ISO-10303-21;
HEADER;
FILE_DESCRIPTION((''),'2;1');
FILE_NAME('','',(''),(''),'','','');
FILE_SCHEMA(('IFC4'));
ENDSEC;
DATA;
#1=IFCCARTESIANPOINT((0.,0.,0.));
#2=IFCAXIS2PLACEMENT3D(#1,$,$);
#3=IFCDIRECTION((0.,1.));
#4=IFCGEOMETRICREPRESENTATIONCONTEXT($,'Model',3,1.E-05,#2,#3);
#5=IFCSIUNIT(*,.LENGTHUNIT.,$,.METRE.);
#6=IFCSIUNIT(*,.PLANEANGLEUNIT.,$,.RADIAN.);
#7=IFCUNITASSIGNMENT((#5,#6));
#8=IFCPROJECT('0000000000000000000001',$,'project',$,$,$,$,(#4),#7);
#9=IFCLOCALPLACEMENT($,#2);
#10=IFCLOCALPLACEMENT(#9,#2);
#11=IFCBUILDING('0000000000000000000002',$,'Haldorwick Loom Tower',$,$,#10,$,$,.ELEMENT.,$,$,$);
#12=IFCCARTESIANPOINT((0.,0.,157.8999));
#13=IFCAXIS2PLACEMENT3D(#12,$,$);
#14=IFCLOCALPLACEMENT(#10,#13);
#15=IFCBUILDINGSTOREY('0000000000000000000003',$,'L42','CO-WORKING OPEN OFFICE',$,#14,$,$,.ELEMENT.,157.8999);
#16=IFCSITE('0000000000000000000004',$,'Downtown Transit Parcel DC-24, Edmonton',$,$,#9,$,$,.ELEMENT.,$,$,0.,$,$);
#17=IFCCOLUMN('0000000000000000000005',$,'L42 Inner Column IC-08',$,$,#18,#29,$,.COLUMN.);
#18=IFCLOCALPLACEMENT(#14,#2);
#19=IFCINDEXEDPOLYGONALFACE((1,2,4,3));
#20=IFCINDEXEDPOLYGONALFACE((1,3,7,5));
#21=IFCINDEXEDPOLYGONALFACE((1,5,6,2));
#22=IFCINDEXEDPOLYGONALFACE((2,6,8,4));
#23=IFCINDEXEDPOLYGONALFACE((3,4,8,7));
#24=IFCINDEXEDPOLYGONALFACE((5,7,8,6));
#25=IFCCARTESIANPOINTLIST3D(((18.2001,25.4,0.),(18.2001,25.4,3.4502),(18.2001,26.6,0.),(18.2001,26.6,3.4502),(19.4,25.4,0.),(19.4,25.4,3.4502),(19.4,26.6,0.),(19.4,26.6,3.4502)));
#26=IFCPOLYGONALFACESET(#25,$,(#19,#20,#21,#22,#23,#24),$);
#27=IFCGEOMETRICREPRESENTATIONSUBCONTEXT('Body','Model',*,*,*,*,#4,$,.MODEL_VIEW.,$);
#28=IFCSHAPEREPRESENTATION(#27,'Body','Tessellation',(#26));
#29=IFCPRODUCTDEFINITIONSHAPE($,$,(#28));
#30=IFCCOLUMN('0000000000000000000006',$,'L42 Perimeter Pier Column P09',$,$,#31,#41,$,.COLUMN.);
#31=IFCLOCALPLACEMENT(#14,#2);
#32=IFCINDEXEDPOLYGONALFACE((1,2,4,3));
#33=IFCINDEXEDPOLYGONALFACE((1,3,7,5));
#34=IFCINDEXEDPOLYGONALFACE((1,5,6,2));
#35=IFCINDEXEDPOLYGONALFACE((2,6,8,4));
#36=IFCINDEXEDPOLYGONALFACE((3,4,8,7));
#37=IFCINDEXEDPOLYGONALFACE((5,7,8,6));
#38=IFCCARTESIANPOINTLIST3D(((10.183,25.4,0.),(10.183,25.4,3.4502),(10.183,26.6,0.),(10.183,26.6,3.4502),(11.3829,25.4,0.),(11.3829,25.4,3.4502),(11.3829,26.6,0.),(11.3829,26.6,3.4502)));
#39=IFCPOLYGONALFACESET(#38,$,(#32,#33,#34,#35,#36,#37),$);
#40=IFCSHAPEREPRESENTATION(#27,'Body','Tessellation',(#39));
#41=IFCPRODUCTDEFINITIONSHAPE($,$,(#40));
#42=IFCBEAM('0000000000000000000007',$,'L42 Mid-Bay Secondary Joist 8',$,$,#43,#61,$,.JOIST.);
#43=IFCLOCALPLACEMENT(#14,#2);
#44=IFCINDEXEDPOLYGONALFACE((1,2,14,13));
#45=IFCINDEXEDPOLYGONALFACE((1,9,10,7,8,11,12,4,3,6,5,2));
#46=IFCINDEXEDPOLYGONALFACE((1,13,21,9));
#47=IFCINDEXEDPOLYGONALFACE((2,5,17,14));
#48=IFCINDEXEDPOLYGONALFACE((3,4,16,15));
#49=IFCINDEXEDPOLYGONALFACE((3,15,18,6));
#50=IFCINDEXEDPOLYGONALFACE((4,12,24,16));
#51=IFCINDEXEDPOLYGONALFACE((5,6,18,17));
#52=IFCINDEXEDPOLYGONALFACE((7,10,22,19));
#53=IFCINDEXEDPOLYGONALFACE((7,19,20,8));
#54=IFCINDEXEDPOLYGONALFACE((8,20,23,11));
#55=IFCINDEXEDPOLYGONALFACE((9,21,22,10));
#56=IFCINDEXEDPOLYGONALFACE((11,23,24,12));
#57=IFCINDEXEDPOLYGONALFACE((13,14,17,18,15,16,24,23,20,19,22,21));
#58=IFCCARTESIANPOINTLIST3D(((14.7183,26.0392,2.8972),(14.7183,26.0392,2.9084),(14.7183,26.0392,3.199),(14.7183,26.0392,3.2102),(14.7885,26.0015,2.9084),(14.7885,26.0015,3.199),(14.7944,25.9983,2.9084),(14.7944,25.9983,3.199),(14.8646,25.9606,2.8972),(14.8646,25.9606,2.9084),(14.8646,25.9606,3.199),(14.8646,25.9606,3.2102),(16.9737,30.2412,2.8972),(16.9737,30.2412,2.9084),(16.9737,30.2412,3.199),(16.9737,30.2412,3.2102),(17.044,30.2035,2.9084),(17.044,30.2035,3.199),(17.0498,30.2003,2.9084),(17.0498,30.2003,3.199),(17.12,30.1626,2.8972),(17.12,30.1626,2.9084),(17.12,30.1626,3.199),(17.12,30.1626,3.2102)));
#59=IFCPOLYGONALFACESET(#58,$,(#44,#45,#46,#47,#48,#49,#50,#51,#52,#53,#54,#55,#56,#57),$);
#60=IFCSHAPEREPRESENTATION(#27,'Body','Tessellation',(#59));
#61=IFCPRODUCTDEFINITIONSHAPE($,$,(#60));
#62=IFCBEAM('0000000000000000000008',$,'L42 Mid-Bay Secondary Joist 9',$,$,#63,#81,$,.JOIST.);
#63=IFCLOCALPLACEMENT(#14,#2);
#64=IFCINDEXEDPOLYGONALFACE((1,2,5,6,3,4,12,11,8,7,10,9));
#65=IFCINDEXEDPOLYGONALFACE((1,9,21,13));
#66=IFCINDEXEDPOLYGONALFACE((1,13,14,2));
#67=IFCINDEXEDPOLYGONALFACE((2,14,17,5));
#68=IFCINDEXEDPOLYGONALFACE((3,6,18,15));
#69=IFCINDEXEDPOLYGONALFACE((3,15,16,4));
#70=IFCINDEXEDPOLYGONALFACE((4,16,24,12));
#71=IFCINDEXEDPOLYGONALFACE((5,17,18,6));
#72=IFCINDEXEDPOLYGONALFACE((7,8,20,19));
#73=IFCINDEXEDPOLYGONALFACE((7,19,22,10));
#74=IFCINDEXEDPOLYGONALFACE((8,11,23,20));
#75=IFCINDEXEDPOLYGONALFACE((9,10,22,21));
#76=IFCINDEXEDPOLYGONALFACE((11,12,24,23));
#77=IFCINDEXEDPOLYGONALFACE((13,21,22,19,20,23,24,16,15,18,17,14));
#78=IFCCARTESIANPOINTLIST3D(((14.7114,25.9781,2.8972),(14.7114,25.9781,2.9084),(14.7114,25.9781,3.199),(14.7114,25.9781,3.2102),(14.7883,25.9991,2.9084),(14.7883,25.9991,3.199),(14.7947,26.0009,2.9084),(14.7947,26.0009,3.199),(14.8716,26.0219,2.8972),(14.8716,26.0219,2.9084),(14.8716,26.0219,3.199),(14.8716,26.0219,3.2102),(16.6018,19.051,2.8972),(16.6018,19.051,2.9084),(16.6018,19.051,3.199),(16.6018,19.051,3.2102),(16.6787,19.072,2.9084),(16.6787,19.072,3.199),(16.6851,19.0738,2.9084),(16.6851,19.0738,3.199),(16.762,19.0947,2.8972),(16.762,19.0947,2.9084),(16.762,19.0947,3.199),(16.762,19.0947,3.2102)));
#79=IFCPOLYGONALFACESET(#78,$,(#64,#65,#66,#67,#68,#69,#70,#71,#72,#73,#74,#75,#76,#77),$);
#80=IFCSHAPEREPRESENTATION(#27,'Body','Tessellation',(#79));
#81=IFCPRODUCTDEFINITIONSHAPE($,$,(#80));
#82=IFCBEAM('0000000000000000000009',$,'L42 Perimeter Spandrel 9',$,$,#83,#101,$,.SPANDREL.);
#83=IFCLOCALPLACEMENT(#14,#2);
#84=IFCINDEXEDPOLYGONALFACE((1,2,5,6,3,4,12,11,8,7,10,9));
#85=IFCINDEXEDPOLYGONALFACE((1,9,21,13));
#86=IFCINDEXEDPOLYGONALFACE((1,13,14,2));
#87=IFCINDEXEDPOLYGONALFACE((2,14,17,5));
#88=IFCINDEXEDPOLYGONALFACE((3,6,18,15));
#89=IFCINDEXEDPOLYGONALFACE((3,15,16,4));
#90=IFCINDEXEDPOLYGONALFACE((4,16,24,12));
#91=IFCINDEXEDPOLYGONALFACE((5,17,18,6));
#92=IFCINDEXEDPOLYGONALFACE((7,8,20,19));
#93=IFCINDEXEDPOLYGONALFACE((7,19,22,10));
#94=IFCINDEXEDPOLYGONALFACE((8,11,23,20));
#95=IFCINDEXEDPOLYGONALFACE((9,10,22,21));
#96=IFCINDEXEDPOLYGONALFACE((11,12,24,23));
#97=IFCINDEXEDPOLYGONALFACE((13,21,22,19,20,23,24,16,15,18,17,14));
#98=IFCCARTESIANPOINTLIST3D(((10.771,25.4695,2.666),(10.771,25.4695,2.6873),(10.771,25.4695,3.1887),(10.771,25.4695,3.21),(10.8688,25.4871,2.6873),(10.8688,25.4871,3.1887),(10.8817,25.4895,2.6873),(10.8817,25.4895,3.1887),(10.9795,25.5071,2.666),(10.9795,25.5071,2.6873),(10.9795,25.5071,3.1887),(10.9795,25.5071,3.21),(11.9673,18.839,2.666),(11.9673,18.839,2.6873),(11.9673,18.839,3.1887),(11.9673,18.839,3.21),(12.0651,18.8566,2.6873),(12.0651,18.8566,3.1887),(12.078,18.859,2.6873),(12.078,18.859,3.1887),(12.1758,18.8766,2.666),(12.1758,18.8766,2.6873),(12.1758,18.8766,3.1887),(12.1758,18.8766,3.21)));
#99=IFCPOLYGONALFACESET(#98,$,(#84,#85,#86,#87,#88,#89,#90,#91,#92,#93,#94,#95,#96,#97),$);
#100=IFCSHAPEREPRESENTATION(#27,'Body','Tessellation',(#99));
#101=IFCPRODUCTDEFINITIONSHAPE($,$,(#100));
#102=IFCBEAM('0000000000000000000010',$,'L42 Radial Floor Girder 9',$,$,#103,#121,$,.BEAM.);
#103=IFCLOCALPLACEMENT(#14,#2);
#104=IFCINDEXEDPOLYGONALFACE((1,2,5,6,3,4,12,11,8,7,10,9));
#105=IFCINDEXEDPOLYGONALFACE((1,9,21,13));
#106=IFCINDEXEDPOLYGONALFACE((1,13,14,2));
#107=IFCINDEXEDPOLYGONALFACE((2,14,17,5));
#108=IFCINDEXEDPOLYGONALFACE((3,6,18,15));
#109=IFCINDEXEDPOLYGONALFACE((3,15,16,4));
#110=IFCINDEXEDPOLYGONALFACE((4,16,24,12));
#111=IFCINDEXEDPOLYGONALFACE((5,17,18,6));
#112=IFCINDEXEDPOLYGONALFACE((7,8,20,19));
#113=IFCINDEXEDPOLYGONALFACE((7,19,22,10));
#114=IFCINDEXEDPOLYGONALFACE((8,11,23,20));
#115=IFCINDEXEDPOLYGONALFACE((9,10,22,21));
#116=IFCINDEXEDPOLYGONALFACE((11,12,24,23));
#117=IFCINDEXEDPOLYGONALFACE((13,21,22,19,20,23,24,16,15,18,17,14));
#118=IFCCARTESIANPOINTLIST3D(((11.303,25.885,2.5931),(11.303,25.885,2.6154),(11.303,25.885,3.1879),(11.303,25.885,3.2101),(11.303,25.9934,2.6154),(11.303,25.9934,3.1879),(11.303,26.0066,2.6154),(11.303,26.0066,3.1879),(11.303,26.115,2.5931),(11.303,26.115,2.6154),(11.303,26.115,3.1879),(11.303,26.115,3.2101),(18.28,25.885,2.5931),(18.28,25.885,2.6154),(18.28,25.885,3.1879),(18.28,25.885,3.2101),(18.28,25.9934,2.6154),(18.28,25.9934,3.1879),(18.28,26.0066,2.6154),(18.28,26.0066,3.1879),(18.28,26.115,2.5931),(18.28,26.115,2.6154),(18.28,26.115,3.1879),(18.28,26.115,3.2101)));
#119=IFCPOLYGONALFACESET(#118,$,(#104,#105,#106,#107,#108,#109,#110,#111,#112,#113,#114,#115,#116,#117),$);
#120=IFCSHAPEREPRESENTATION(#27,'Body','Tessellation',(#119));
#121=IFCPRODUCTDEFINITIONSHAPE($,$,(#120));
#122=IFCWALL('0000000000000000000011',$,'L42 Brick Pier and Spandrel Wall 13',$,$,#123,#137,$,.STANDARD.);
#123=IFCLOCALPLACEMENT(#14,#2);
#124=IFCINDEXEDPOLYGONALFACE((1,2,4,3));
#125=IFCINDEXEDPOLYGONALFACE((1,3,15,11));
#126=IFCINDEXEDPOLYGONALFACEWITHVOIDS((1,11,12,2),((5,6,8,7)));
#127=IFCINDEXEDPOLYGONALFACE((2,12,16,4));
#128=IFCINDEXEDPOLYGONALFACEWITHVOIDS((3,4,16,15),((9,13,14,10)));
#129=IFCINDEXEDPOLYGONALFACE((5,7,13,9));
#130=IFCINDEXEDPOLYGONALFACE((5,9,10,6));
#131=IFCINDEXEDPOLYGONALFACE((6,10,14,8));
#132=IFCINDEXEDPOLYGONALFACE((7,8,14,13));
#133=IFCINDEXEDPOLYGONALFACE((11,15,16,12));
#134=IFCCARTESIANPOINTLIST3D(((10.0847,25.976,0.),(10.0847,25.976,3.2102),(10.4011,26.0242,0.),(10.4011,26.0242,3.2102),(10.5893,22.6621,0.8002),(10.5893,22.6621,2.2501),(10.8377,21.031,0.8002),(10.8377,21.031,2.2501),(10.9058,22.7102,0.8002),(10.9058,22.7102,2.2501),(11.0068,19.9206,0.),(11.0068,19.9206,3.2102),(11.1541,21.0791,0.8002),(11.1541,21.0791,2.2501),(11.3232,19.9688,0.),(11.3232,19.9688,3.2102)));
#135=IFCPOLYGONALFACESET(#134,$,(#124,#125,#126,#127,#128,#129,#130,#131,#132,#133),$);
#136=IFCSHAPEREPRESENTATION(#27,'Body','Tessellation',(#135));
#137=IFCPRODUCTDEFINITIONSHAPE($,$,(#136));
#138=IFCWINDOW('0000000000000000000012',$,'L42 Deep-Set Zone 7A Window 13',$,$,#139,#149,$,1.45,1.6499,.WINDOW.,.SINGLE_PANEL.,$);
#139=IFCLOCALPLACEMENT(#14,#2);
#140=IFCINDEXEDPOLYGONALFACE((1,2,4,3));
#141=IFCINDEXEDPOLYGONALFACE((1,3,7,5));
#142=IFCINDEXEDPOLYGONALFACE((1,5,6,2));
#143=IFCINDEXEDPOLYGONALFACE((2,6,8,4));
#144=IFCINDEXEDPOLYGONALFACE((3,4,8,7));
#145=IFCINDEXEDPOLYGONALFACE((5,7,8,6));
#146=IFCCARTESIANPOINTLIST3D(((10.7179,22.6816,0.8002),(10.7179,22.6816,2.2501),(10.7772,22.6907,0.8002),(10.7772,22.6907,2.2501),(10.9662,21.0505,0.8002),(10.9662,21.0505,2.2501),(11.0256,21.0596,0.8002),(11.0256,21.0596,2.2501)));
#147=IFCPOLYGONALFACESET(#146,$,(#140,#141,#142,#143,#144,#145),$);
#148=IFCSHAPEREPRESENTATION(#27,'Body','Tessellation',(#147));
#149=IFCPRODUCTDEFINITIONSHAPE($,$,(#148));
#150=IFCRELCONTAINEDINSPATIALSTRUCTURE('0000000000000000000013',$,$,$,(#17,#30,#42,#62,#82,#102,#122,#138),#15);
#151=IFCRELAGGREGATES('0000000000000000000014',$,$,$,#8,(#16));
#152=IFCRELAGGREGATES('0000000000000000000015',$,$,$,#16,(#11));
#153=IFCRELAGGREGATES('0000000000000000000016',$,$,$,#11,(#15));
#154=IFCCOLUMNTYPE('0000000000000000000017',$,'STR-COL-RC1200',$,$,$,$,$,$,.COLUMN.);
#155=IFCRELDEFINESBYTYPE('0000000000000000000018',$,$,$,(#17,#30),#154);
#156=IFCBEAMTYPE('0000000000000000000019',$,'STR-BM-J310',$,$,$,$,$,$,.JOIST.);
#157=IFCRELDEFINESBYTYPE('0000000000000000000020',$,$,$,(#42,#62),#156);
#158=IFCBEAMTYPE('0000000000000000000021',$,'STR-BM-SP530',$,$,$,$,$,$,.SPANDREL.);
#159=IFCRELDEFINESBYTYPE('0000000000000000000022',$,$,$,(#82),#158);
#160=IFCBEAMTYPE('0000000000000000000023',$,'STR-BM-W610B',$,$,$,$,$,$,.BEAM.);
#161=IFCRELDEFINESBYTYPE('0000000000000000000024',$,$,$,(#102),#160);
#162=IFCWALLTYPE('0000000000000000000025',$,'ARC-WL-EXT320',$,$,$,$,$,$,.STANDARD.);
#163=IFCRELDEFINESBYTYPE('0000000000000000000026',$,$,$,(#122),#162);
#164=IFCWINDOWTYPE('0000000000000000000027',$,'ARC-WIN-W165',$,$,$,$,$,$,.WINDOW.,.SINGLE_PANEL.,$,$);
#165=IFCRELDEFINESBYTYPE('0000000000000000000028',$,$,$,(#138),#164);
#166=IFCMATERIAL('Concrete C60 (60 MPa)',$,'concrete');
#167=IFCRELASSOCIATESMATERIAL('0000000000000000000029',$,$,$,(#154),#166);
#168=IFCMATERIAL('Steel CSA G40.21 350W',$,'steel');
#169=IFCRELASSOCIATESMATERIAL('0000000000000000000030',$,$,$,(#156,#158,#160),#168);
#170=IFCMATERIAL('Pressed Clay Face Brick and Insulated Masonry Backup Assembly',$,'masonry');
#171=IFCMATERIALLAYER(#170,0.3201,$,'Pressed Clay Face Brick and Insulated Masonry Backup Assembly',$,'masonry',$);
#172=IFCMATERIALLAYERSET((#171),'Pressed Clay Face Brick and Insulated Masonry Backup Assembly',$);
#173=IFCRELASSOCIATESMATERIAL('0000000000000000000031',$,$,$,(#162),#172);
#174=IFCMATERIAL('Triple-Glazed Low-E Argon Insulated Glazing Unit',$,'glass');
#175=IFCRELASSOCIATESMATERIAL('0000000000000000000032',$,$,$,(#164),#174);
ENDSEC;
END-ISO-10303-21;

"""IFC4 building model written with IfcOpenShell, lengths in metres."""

from ifc_helpers import new_model, si_unit, direction, frame, frame_2d, origin, origin_2d, place, context, subcontext, project, spatial, rectangle, i_section, extrude, material, layer, layer_set, material_profile, profile_set, type_object, element, fill, save


model = new_model("IFC4")

# Units and contexts
model_context = context("Model", 3, precision=1e-05, world=origin(), true_north=direction((0.0, 1.0)))
body_context = subcontext(model_context, "Body", "Model", "MODEL_VIEW")
ifc_project = project(units=[si_unit("LENGTHUNIT", "METRE"), si_unit("PLANEANGLEUNIT", "RADIAN")], contexts=[model_context])

# Site, building, storey
site_placement = place(None, origin())
site = spatial("IfcSite", under=ifc_project, at=site_placement, Name="Downtown Transit Parcel DC-24, Edmonton", CompositionType="ELEMENT", RefElevation=0.0)
building_placement = place(site_placement, origin())
building = spatial("IfcBuilding", under=site, at=building_placement, Name="Haldorwick Loom Tower", CompositionType="ELEMENT")
storey_placement = place(building_placement, frame((0.0, 0.0, 157.8999)))
storey = spatial("IfcBuildingStorey", under=building, at=storey_placement, Name="L42", Description="CO-WORKING OPEN OFFICE", CompositionType="ELEMENT", Elevation=157.8999)

# Columns
ifc_material_1 = material(Name="Concrete C60 (60 MPa)", Category="concrete")
ifc_material_profile_1 = material_profile(ifc_material_1, rectangle(XDim=1.2, YDim=1.2, at=origin_2d()), Name="RC1200X1200", Category="concrete")
ifc_profile_set_1 = profile_set([ifc_material_profile_1], Name="Concrete C60 (60 MPa)")
column_type = type_object("IfcColumnType", Name="STR-COL-RC1200", PredefinedType="COLUMN", material=ifc_profile_set_1)
for number, where, z_axis, x_axis, name in (
    (1, (18.8, 26.0, 0.0), (0.0, 0.0, 1.0), (1.0, 0.0, 0.0), "L42 Inner Column IC-08"),
    (2, (10.783, 26.0, 0.0), (0.0, 0.0, 1.0), (-1.0, 0.0, 0.0), "L42 Perimeter Pier Column P09"),
):
    element("IfcColumn", number, at=place(storey_placement, frame(where, z_axis=z_axis, x_axis=x_axis)), inside=storey, type_object=column_type, Name=name, PredefinedType="COLUMN", context=body_context, shape_type="SweptSolid", body=[
        extrude(rectangle(XDim=1.2, YDim=1.2, at=origin_2d()), origin(), (0.0, 0.0, 1.0), 3.4502),
    ])

# Beams
ifc_material_2 = material(Name="Steel CSA G40.21 350W", Category="steel")
ifc_material_profile_2 = material_profile(ifc_material_2, i_section(OverallWidth=0.166, OverallDepth=0.313, WebThickness=0.0066, FlangeThickness=0.0112, at=origin_2d()), Name="W310X45", Category="steel")
ifc_profile_set_2 = profile_set([ifc_material_profile_2], Name="Steel CSA G40.21 350W")
beam_type_1 = type_object("IfcBeamType", Name="STR-BM-J310", PredefinedType="JOIST", material=ifc_profile_set_2)
beam_1_placement = place(storey_placement, frame((17.0469, 30.2019, 3.0537), z_axis=(-0.47293, -0.8811, 0.0), x_axis=(0.8811, -0.47293, 0.0)))
element("IfcBeam", 3, at=beam_1_placement, inside=storey, type_object=beam_type_1, Name="L42 Mid-Bay Secondary Joist 8", PredefinedType="JOIST", context=body_context, shape_type="SweptSolid", body=[
    extrude(i_section(OverallWidth=0.166, OverallDepth=0.313, WebThickness=0.0066, FlangeThickness=0.0112, at=origin_2d()), origin(), (0.0, 0.0, 1.0), 4.769),
])
beam_2_placement = place(storey_placement, frame((14.7915, 26.0, 3.0537), z_axis=(0.263273, -0.964721, 0.0), x_axis=(0.964721, 0.263273, 0.0)))
element("IfcBeam", 4, at=beam_2_placement, inside=storey, type_object=beam_type_1, Name="L42 Mid-Bay Secondary Joist 9", PredefinedType="JOIST", context=body_context, shape_type="SweptSolid", body=[
    extrude(i_section(OverallWidth=0.166, OverallDepth=0.313, WebThickness=0.0066, FlangeThickness=0.0112, at=origin_2d()), origin(), (0.0, 0.0, 1.0), 7.1804),
])
ifc_material_profile_3 = material_profile(ifc_material_2, i_section(OverallWidth=0.2119, OverallDepth=0.5439, WebThickness=0.0132, FlangeThickness=0.0212, at=origin_2d()), Name="W530X123", Category="steel")
ifc_profile_set_3 = profile_set([ifc_material_profile_3], Name="Steel CSA G40.21 350W")
beam_type_2 = type_object("IfcBeamType", Name="STR-BM-SP530", PredefinedType="SPANDREL", material=ifc_profile_set_3)
beam_3_placement = place(storey_placement, frame((10.8752, 25.4883, 2.938), z_axis=(0.177559, -0.98411, 0.0), x_axis=(0.98411, 0.177559, 0.0)))
element("IfcBeam", 5, at=beam_3_placement, inside=storey, type_object=beam_type_2, Name="L42 Perimeter Spandrel 9", PredefinedType="SPANDREL", context=body_context, shape_type="SweptSolid", body=[
    extrude(i_section(OverallWidth=0.2119, OverallDepth=0.5439, WebThickness=0.0132, FlangeThickness=0.0212, at=origin_2d()), origin(), (0.0, 0.0, 1.0), 6.7375),
])
ifc_material_profile_4 = material_profile(ifc_material_2, i_section(OverallWidth=0.23, OverallDepth=0.6169, WebThickness=0.0132, FlangeThickness=0.0222, at=origin_2d()), Name="W610X140", Category="steel")
ifc_profile_set_4 = profile_set([ifc_material_profile_4], Name="Steel CSA G40.21 350W")
beam_type_3 = type_object("IfcBeamType", Name="STR-BM-W610B", PredefinedType="BEAM", material=ifc_profile_set_4)
beam_4_placement = place(storey_placement, frame((18.28, 26.0, 2.9016), z_axis=(-1.0, 0.0, 0.0), x_axis=(0.0, -1.0, 0.0)))
element("IfcBeam", 6, at=beam_4_placement, inside=storey, type_object=beam_type_3, Name="L42 Radial Floor Girder 9", PredefinedType="BEAM", context=body_context, shape_type="SweptSolid", body=[
    extrude(i_section(OverallWidth=0.23, OverallDepth=0.6169, WebThickness=0.0132, FlangeThickness=0.0222, at=origin_2d()), origin(), (0.0, 0.0, 1.0), 6.9771),
])

# Wall, opening, window
ifc_material_3 = material(Name="Pressed Clay Face Brick and Insulated Masonry Backup Assembly", Category="masonry")
ifc_layer_1 = layer(ifc_material_3, 0.3201, Name="Pressed Clay Face Brick and Insulated Masonry Backup Assembly", Category="masonry")
ifc_layer_set_1 = layer_set([ifc_layer_1], Name="Pressed Clay Face Brick and Insulated Masonry Backup Assembly")
wall_type_1 = type_object("IfcWallType", Name="ARC-WL-EXT320", PredefinedType="STANDARD", material=ifc_layer_set_1)
wall_1_placement = place(storey_placement, frame((10.2429, 26.0, 0.0), z_axis=(0.0, 0.0, 1.0), x_axis=(0.150544, -0.988603, 0.0)))
wall_1 = element("IfcWall", 7, at=wall_1_placement, inside=storey, type_object=wall_type_1, Name="L42 Brick Pier and Spandrel Wall 13", PredefinedType="STANDARD", context=body_context, shape_type="SweptSolid", body=[
    extrude(rectangle(XDim=6.1252, YDim=0.3201, at=frame_2d((3.0625, 0.0))), origin(), (0.0, 0.0, 1.0), 3.2102),
])
opening_1_placement = place(wall_1_placement, frame((3.3521, 0.0, 0.8)))
opening_1 = element("IfcOpeningElement", 8, at=opening_1_placement, cuts=wall_1, PredefinedType="OPENING", context=body_context, shape_type="SweptSolid", body=[
    extrude(rectangle(XDim=1.6499, YDim=1.45, at=frame_2d((0.825, 0.7251))), frame((0.0, 0.1699, 0.0), z_axis=(0.0, -1.0, 0.0), x_axis=(1.0, 0.0, 0.0)), (0.0, 0.0, 1.0), 0.3401),
])
ifc_material_4 = material(Name="Triple-Glazed Low-E Argon Insulated Glazing Unit", Category="glass")
window_type = type_object("IfcWindowType", Name="ARC-WIN-W165", PartitioningType="SINGLE_PANEL", PredefinedType="WINDOW", material=ifc_material_4)
window_placement = place(opening_1_placement, origin())
window = element("IfcWindow", 9, at=window_placement, inside=storey, type_object=window_type, Name="L42 Deep-Set Zone 7A Window 13", OverallHeight=1.45, OverallWidth=1.6499, PartitioningType="SINGLE_PANEL", PredefinedType="WINDOW", context=body_context, shape_type="SweptSolid", body=[
    extrude(rectangle(XDim=1.6499, YDim=1.45, at=frame_2d((0.825, 0.7251))), frame((0.0, 0.03, 0.0), z_axis=(0.0, -1.0, 0.0), x_axis=(1.0, 0.0, 0.0)), (0.0, 0.0, 1.0), 0.0601),
])
fill(opening_1, window)

save(model, "model.ifc")
